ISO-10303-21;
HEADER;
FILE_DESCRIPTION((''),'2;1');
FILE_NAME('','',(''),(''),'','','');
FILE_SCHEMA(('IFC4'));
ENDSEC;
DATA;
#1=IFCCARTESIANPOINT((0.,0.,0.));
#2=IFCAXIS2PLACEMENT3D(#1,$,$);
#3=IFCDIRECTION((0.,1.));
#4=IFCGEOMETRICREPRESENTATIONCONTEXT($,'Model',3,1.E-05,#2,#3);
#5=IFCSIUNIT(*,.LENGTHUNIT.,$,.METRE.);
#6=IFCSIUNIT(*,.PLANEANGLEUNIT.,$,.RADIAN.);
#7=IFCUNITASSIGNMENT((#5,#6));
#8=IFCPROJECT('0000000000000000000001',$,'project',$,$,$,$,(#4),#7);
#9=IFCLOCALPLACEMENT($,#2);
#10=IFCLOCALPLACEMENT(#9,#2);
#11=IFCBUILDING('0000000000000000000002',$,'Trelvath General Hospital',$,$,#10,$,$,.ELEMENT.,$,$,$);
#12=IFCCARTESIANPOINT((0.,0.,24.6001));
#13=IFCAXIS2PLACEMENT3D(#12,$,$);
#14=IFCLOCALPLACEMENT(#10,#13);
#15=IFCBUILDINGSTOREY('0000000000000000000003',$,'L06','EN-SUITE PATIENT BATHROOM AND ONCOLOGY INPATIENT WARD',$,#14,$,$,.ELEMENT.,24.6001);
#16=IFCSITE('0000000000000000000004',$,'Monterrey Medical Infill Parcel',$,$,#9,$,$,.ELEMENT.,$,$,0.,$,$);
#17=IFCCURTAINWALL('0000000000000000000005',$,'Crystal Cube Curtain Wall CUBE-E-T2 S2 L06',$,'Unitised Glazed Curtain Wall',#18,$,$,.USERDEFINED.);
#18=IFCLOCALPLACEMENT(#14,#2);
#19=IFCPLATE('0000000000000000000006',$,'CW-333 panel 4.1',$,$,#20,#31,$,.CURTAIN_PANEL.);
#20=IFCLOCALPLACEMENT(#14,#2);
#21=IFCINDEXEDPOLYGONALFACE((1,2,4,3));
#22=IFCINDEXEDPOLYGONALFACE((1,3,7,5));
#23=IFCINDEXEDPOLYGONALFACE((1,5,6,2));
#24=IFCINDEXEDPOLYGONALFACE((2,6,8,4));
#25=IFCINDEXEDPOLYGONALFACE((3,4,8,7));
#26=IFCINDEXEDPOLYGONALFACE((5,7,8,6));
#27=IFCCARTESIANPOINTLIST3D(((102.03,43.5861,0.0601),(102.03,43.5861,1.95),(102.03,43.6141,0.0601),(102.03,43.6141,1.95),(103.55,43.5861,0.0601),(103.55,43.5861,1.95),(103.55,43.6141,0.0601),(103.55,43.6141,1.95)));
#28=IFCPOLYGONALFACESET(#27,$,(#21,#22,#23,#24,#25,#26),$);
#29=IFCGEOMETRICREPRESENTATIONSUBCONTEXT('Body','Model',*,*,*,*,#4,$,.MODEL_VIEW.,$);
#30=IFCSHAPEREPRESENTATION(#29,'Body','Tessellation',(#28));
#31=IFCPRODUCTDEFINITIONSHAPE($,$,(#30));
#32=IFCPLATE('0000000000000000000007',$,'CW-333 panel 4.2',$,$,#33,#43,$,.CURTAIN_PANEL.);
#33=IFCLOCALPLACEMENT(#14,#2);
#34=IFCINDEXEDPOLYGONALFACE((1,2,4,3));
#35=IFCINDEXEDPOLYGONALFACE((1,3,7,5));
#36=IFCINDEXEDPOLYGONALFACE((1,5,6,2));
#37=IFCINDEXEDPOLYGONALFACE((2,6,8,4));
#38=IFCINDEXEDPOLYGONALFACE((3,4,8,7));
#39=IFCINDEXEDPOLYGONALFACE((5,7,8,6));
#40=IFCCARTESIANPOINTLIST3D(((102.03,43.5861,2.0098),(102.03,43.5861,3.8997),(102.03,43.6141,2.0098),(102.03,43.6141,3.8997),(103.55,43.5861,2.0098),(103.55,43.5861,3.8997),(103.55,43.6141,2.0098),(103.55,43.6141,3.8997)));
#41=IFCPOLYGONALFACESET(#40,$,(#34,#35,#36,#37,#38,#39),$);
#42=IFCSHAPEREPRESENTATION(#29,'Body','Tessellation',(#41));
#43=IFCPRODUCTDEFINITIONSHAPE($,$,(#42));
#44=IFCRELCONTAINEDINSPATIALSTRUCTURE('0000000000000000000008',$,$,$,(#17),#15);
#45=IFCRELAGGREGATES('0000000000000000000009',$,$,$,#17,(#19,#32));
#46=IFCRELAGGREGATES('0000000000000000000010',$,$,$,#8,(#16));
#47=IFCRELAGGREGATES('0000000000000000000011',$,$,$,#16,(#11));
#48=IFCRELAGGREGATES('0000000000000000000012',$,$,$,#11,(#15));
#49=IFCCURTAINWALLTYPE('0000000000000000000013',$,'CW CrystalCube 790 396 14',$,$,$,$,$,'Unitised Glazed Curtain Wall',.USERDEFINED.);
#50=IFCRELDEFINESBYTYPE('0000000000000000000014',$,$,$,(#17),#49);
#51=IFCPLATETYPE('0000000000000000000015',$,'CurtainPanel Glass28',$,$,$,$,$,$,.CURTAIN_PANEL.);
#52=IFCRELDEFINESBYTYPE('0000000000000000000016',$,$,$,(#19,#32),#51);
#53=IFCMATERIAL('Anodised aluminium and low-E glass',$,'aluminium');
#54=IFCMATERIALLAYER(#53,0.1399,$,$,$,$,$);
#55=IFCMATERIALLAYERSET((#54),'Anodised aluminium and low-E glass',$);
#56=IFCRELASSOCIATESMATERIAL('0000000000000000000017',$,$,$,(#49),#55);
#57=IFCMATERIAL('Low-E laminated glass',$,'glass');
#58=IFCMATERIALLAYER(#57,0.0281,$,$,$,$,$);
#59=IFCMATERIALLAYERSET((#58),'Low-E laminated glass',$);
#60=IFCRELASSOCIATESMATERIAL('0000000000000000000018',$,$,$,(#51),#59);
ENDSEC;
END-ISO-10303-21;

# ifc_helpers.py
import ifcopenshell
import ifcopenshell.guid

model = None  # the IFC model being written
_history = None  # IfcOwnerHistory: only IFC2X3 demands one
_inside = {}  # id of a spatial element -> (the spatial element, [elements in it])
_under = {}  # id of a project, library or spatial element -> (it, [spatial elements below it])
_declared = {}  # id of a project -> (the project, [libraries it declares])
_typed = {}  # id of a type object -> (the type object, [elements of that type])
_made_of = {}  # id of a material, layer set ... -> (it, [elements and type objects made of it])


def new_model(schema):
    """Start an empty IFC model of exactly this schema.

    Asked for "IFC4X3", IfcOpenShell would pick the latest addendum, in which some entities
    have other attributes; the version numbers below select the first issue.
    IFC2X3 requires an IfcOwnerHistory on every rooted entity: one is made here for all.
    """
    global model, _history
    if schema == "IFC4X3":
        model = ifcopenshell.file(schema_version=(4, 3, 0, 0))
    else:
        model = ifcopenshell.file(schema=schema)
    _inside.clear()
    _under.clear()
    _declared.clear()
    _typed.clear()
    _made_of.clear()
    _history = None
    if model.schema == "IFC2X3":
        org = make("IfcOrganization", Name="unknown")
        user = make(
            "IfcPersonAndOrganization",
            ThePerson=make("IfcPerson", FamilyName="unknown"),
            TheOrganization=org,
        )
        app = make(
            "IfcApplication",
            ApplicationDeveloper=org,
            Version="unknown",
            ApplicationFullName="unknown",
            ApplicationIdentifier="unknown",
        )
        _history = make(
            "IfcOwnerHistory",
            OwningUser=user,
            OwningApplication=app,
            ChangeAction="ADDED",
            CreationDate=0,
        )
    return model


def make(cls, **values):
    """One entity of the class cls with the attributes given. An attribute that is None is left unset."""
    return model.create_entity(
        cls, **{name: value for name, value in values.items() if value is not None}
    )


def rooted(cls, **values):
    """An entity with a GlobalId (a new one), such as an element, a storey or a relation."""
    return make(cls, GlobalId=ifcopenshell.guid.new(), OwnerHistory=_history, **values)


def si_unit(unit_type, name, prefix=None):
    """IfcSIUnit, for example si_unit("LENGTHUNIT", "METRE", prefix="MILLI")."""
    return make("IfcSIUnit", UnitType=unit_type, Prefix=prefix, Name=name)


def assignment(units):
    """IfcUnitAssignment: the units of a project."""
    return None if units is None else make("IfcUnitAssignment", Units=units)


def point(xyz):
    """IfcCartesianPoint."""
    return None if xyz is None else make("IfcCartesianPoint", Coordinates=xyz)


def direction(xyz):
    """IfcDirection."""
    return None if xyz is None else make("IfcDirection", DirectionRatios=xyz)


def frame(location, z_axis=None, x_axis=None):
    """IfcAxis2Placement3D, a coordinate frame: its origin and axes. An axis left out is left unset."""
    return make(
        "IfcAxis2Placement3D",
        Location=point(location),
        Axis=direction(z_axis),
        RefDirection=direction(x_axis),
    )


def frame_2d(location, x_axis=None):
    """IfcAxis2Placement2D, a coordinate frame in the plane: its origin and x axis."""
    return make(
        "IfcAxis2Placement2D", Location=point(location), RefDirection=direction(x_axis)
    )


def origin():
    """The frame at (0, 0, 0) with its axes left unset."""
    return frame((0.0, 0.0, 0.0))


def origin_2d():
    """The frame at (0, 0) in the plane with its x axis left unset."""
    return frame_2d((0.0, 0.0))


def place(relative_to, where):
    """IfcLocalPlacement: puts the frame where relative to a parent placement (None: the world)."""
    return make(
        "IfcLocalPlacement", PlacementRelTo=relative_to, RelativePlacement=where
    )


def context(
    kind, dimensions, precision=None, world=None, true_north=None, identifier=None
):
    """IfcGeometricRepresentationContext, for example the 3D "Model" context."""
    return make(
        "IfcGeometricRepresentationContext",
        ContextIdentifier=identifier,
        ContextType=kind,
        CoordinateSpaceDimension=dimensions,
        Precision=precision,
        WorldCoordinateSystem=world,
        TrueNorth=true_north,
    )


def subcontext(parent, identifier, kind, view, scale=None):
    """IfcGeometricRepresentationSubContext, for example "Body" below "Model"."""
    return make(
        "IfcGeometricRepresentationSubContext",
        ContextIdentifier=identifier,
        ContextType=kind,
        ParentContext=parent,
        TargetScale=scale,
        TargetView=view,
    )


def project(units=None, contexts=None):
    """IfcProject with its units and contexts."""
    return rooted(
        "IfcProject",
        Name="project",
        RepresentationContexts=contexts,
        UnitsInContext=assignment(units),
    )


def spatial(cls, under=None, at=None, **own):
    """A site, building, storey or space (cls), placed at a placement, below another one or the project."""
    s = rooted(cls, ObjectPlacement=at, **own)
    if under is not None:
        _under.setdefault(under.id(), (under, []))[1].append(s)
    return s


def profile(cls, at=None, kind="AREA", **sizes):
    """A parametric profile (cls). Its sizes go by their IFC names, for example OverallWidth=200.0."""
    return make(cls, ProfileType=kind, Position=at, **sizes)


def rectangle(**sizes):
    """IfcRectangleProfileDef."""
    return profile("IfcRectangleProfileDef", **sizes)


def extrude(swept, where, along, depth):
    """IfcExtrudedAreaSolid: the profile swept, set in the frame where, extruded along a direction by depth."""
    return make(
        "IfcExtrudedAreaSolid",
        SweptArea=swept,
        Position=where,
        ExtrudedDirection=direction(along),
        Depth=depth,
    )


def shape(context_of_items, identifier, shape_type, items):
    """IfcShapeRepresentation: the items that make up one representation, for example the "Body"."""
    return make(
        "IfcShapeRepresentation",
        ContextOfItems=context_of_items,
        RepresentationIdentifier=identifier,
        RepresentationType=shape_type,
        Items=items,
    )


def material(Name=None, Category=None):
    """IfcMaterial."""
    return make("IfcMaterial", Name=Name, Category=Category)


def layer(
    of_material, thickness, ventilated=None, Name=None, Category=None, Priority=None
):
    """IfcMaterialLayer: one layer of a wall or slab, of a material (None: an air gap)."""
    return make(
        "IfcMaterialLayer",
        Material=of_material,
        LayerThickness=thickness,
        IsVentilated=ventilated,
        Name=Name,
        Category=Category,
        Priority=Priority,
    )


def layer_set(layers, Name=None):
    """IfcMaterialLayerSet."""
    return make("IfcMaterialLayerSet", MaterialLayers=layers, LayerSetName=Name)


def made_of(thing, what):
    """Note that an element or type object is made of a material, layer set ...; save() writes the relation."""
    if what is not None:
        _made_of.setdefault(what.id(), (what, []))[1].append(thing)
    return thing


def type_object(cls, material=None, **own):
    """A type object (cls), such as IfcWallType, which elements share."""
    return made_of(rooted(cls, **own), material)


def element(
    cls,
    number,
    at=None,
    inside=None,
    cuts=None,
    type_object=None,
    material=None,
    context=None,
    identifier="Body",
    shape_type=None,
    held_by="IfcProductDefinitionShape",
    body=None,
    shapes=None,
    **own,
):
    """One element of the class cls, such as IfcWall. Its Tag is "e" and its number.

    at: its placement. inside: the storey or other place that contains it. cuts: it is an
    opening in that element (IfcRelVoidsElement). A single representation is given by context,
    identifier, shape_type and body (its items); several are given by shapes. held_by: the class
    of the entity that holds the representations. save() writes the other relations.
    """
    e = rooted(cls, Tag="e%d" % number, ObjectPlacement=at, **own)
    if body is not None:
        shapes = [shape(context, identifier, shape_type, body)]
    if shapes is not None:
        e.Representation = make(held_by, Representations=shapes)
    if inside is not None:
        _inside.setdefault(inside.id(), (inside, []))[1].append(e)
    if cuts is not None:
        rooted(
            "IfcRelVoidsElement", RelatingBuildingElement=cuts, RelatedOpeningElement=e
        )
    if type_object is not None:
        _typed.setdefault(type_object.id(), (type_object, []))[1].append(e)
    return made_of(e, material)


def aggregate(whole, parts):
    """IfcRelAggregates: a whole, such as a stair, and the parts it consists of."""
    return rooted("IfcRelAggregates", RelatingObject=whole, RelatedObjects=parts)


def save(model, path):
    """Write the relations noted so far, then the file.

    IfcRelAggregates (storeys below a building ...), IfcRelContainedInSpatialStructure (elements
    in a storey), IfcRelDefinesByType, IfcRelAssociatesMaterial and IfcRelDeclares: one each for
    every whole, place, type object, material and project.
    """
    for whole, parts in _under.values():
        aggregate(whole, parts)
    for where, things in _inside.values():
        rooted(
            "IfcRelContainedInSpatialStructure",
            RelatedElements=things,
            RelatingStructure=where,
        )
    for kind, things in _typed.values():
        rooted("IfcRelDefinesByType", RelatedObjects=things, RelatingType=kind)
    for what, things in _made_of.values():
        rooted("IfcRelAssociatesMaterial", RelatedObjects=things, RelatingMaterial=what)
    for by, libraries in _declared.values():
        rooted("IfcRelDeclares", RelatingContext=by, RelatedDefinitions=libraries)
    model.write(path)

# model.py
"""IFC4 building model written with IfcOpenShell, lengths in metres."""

from ifc_helpers import new_model, si_unit, direction, frame, origin, origin_2d, place, context, subcontext, project, spatial, rectangle, extrude, material, layer, layer_set, type_object, element, aggregate, save


model = new_model("IFC4")

# Units and contexts
model_context = context("Model", 3, precision=1e-05, world=origin(), true_north=direction((0.0, 1.0)))
body_context = subcontext(model_context, "Body", "Model", "MODEL_VIEW")
ifc_project = project(units=[si_unit("LENGTHUNIT", "METRE"), si_unit("PLANEANGLEUNIT", "RADIAN")], contexts=[model_context])

# Site, building, storey
site_placement = place(None, origin())
site = spatial("IfcSite", under=ifc_project, at=site_placement, Name="Monterrey Medical Infill Parcel", CompositionType="ELEMENT", RefElevation=0.0)
building_placement = place(site_placement, origin())
building = spatial("IfcBuilding", under=site, at=building_placement, Name="Trelvath General Hospital", CompositionType="ELEMENT")
storey_placement = place(building_placement, frame((0.0, 0.0, 24.6001)))
storey = spatial("IfcBuildingStorey", under=building, at=storey_placement, Name="L06", Description="EN-SUITE PATIENT BATHROOM AND ONCOLOGY INPATIENT WARD", CompositionType="ELEMENT", Elevation=24.6001)

# Curtain wall
ifc_material_1 = material(Name="Anodised aluminium and low-E glass", Category="aluminium")
ifc_layer_1 = layer(ifc_material_1, 0.1399)
ifc_layer_set_1 = layer_set([ifc_layer_1], Name="Anodised aluminium and low-E glass")
curtain_wall_type = type_object("IfcCurtainWallType", Name="CW CrystalCube 790 396 14", ElementType="Unitised Glazed Curtain Wall", PredefinedType="USERDEFINED", material=ifc_layer_set_1)
curtain_wall_placement = place(storey_placement, origin())
curtain_wall = element("IfcCurtainWall", 1, at=curtain_wall_placement, inside=storey, type_object=curtain_wall_type, Name="Crystal Cube Curtain Wall CUBE-E-T2 S2 L06", ObjectType="Unitised Glazed Curtain Wall", PredefinedType="USERDEFINED")

# Plates
ifc_material_2 = material(Name="Low-E laminated glass", Category="glass")
ifc_layer_2 = layer(ifc_material_2, 0.0281)
ifc_layer_set_2 = layer_set([ifc_layer_2], Name="Low-E laminated glass")
plate_type = type_object("IfcPlateType", Name="CurtainPanel Glass28", PredefinedType="CURTAIN_PANEL", material=ifc_layer_set_2)
plate_1_placement = place(storey_placement, frame((102.79, 43.6001, 0.0601), z_axis=(0.0, 0.0, 1.0), x_axis=(-1.0, 0.0, 0.0)))
plate_1 = element("IfcPlate", 2, at=plate_1_placement, type_object=plate_type, Name="CW-333 panel 4.1", PredefinedType="CURTAIN_PANEL", context=body_context, shape_type="SweptSolid", body=[
    extrude(rectangle(XDim=1.52, YDim=0.0281, at=origin_2d()), origin(), (0.0, 0.0, 1.0), 1.8899),
])
plate_2_placement = place(storey_placement, frame((102.79, 43.6001, 2.0098), z_axis=(0.0, 0.0, 1.0), x_axis=(-1.0, 0.0, 0.0)))
plate_2 = element("IfcPlate", 3, at=plate_2_placement, type_object=plate_type, Name="CW-333 panel 4.2", PredefinedType="CURTAIN_PANEL", context=body_context, shape_type="SweptSolid", body=[
    extrude(rectangle(XDim=1.52, YDim=0.0281, at=origin_2d()), origin(), (0.0, 0.0, 1.0), 1.8899),
])
aggregate(curtain_wall, [plate_1, plate_2])

save(model, "model.ifc")
